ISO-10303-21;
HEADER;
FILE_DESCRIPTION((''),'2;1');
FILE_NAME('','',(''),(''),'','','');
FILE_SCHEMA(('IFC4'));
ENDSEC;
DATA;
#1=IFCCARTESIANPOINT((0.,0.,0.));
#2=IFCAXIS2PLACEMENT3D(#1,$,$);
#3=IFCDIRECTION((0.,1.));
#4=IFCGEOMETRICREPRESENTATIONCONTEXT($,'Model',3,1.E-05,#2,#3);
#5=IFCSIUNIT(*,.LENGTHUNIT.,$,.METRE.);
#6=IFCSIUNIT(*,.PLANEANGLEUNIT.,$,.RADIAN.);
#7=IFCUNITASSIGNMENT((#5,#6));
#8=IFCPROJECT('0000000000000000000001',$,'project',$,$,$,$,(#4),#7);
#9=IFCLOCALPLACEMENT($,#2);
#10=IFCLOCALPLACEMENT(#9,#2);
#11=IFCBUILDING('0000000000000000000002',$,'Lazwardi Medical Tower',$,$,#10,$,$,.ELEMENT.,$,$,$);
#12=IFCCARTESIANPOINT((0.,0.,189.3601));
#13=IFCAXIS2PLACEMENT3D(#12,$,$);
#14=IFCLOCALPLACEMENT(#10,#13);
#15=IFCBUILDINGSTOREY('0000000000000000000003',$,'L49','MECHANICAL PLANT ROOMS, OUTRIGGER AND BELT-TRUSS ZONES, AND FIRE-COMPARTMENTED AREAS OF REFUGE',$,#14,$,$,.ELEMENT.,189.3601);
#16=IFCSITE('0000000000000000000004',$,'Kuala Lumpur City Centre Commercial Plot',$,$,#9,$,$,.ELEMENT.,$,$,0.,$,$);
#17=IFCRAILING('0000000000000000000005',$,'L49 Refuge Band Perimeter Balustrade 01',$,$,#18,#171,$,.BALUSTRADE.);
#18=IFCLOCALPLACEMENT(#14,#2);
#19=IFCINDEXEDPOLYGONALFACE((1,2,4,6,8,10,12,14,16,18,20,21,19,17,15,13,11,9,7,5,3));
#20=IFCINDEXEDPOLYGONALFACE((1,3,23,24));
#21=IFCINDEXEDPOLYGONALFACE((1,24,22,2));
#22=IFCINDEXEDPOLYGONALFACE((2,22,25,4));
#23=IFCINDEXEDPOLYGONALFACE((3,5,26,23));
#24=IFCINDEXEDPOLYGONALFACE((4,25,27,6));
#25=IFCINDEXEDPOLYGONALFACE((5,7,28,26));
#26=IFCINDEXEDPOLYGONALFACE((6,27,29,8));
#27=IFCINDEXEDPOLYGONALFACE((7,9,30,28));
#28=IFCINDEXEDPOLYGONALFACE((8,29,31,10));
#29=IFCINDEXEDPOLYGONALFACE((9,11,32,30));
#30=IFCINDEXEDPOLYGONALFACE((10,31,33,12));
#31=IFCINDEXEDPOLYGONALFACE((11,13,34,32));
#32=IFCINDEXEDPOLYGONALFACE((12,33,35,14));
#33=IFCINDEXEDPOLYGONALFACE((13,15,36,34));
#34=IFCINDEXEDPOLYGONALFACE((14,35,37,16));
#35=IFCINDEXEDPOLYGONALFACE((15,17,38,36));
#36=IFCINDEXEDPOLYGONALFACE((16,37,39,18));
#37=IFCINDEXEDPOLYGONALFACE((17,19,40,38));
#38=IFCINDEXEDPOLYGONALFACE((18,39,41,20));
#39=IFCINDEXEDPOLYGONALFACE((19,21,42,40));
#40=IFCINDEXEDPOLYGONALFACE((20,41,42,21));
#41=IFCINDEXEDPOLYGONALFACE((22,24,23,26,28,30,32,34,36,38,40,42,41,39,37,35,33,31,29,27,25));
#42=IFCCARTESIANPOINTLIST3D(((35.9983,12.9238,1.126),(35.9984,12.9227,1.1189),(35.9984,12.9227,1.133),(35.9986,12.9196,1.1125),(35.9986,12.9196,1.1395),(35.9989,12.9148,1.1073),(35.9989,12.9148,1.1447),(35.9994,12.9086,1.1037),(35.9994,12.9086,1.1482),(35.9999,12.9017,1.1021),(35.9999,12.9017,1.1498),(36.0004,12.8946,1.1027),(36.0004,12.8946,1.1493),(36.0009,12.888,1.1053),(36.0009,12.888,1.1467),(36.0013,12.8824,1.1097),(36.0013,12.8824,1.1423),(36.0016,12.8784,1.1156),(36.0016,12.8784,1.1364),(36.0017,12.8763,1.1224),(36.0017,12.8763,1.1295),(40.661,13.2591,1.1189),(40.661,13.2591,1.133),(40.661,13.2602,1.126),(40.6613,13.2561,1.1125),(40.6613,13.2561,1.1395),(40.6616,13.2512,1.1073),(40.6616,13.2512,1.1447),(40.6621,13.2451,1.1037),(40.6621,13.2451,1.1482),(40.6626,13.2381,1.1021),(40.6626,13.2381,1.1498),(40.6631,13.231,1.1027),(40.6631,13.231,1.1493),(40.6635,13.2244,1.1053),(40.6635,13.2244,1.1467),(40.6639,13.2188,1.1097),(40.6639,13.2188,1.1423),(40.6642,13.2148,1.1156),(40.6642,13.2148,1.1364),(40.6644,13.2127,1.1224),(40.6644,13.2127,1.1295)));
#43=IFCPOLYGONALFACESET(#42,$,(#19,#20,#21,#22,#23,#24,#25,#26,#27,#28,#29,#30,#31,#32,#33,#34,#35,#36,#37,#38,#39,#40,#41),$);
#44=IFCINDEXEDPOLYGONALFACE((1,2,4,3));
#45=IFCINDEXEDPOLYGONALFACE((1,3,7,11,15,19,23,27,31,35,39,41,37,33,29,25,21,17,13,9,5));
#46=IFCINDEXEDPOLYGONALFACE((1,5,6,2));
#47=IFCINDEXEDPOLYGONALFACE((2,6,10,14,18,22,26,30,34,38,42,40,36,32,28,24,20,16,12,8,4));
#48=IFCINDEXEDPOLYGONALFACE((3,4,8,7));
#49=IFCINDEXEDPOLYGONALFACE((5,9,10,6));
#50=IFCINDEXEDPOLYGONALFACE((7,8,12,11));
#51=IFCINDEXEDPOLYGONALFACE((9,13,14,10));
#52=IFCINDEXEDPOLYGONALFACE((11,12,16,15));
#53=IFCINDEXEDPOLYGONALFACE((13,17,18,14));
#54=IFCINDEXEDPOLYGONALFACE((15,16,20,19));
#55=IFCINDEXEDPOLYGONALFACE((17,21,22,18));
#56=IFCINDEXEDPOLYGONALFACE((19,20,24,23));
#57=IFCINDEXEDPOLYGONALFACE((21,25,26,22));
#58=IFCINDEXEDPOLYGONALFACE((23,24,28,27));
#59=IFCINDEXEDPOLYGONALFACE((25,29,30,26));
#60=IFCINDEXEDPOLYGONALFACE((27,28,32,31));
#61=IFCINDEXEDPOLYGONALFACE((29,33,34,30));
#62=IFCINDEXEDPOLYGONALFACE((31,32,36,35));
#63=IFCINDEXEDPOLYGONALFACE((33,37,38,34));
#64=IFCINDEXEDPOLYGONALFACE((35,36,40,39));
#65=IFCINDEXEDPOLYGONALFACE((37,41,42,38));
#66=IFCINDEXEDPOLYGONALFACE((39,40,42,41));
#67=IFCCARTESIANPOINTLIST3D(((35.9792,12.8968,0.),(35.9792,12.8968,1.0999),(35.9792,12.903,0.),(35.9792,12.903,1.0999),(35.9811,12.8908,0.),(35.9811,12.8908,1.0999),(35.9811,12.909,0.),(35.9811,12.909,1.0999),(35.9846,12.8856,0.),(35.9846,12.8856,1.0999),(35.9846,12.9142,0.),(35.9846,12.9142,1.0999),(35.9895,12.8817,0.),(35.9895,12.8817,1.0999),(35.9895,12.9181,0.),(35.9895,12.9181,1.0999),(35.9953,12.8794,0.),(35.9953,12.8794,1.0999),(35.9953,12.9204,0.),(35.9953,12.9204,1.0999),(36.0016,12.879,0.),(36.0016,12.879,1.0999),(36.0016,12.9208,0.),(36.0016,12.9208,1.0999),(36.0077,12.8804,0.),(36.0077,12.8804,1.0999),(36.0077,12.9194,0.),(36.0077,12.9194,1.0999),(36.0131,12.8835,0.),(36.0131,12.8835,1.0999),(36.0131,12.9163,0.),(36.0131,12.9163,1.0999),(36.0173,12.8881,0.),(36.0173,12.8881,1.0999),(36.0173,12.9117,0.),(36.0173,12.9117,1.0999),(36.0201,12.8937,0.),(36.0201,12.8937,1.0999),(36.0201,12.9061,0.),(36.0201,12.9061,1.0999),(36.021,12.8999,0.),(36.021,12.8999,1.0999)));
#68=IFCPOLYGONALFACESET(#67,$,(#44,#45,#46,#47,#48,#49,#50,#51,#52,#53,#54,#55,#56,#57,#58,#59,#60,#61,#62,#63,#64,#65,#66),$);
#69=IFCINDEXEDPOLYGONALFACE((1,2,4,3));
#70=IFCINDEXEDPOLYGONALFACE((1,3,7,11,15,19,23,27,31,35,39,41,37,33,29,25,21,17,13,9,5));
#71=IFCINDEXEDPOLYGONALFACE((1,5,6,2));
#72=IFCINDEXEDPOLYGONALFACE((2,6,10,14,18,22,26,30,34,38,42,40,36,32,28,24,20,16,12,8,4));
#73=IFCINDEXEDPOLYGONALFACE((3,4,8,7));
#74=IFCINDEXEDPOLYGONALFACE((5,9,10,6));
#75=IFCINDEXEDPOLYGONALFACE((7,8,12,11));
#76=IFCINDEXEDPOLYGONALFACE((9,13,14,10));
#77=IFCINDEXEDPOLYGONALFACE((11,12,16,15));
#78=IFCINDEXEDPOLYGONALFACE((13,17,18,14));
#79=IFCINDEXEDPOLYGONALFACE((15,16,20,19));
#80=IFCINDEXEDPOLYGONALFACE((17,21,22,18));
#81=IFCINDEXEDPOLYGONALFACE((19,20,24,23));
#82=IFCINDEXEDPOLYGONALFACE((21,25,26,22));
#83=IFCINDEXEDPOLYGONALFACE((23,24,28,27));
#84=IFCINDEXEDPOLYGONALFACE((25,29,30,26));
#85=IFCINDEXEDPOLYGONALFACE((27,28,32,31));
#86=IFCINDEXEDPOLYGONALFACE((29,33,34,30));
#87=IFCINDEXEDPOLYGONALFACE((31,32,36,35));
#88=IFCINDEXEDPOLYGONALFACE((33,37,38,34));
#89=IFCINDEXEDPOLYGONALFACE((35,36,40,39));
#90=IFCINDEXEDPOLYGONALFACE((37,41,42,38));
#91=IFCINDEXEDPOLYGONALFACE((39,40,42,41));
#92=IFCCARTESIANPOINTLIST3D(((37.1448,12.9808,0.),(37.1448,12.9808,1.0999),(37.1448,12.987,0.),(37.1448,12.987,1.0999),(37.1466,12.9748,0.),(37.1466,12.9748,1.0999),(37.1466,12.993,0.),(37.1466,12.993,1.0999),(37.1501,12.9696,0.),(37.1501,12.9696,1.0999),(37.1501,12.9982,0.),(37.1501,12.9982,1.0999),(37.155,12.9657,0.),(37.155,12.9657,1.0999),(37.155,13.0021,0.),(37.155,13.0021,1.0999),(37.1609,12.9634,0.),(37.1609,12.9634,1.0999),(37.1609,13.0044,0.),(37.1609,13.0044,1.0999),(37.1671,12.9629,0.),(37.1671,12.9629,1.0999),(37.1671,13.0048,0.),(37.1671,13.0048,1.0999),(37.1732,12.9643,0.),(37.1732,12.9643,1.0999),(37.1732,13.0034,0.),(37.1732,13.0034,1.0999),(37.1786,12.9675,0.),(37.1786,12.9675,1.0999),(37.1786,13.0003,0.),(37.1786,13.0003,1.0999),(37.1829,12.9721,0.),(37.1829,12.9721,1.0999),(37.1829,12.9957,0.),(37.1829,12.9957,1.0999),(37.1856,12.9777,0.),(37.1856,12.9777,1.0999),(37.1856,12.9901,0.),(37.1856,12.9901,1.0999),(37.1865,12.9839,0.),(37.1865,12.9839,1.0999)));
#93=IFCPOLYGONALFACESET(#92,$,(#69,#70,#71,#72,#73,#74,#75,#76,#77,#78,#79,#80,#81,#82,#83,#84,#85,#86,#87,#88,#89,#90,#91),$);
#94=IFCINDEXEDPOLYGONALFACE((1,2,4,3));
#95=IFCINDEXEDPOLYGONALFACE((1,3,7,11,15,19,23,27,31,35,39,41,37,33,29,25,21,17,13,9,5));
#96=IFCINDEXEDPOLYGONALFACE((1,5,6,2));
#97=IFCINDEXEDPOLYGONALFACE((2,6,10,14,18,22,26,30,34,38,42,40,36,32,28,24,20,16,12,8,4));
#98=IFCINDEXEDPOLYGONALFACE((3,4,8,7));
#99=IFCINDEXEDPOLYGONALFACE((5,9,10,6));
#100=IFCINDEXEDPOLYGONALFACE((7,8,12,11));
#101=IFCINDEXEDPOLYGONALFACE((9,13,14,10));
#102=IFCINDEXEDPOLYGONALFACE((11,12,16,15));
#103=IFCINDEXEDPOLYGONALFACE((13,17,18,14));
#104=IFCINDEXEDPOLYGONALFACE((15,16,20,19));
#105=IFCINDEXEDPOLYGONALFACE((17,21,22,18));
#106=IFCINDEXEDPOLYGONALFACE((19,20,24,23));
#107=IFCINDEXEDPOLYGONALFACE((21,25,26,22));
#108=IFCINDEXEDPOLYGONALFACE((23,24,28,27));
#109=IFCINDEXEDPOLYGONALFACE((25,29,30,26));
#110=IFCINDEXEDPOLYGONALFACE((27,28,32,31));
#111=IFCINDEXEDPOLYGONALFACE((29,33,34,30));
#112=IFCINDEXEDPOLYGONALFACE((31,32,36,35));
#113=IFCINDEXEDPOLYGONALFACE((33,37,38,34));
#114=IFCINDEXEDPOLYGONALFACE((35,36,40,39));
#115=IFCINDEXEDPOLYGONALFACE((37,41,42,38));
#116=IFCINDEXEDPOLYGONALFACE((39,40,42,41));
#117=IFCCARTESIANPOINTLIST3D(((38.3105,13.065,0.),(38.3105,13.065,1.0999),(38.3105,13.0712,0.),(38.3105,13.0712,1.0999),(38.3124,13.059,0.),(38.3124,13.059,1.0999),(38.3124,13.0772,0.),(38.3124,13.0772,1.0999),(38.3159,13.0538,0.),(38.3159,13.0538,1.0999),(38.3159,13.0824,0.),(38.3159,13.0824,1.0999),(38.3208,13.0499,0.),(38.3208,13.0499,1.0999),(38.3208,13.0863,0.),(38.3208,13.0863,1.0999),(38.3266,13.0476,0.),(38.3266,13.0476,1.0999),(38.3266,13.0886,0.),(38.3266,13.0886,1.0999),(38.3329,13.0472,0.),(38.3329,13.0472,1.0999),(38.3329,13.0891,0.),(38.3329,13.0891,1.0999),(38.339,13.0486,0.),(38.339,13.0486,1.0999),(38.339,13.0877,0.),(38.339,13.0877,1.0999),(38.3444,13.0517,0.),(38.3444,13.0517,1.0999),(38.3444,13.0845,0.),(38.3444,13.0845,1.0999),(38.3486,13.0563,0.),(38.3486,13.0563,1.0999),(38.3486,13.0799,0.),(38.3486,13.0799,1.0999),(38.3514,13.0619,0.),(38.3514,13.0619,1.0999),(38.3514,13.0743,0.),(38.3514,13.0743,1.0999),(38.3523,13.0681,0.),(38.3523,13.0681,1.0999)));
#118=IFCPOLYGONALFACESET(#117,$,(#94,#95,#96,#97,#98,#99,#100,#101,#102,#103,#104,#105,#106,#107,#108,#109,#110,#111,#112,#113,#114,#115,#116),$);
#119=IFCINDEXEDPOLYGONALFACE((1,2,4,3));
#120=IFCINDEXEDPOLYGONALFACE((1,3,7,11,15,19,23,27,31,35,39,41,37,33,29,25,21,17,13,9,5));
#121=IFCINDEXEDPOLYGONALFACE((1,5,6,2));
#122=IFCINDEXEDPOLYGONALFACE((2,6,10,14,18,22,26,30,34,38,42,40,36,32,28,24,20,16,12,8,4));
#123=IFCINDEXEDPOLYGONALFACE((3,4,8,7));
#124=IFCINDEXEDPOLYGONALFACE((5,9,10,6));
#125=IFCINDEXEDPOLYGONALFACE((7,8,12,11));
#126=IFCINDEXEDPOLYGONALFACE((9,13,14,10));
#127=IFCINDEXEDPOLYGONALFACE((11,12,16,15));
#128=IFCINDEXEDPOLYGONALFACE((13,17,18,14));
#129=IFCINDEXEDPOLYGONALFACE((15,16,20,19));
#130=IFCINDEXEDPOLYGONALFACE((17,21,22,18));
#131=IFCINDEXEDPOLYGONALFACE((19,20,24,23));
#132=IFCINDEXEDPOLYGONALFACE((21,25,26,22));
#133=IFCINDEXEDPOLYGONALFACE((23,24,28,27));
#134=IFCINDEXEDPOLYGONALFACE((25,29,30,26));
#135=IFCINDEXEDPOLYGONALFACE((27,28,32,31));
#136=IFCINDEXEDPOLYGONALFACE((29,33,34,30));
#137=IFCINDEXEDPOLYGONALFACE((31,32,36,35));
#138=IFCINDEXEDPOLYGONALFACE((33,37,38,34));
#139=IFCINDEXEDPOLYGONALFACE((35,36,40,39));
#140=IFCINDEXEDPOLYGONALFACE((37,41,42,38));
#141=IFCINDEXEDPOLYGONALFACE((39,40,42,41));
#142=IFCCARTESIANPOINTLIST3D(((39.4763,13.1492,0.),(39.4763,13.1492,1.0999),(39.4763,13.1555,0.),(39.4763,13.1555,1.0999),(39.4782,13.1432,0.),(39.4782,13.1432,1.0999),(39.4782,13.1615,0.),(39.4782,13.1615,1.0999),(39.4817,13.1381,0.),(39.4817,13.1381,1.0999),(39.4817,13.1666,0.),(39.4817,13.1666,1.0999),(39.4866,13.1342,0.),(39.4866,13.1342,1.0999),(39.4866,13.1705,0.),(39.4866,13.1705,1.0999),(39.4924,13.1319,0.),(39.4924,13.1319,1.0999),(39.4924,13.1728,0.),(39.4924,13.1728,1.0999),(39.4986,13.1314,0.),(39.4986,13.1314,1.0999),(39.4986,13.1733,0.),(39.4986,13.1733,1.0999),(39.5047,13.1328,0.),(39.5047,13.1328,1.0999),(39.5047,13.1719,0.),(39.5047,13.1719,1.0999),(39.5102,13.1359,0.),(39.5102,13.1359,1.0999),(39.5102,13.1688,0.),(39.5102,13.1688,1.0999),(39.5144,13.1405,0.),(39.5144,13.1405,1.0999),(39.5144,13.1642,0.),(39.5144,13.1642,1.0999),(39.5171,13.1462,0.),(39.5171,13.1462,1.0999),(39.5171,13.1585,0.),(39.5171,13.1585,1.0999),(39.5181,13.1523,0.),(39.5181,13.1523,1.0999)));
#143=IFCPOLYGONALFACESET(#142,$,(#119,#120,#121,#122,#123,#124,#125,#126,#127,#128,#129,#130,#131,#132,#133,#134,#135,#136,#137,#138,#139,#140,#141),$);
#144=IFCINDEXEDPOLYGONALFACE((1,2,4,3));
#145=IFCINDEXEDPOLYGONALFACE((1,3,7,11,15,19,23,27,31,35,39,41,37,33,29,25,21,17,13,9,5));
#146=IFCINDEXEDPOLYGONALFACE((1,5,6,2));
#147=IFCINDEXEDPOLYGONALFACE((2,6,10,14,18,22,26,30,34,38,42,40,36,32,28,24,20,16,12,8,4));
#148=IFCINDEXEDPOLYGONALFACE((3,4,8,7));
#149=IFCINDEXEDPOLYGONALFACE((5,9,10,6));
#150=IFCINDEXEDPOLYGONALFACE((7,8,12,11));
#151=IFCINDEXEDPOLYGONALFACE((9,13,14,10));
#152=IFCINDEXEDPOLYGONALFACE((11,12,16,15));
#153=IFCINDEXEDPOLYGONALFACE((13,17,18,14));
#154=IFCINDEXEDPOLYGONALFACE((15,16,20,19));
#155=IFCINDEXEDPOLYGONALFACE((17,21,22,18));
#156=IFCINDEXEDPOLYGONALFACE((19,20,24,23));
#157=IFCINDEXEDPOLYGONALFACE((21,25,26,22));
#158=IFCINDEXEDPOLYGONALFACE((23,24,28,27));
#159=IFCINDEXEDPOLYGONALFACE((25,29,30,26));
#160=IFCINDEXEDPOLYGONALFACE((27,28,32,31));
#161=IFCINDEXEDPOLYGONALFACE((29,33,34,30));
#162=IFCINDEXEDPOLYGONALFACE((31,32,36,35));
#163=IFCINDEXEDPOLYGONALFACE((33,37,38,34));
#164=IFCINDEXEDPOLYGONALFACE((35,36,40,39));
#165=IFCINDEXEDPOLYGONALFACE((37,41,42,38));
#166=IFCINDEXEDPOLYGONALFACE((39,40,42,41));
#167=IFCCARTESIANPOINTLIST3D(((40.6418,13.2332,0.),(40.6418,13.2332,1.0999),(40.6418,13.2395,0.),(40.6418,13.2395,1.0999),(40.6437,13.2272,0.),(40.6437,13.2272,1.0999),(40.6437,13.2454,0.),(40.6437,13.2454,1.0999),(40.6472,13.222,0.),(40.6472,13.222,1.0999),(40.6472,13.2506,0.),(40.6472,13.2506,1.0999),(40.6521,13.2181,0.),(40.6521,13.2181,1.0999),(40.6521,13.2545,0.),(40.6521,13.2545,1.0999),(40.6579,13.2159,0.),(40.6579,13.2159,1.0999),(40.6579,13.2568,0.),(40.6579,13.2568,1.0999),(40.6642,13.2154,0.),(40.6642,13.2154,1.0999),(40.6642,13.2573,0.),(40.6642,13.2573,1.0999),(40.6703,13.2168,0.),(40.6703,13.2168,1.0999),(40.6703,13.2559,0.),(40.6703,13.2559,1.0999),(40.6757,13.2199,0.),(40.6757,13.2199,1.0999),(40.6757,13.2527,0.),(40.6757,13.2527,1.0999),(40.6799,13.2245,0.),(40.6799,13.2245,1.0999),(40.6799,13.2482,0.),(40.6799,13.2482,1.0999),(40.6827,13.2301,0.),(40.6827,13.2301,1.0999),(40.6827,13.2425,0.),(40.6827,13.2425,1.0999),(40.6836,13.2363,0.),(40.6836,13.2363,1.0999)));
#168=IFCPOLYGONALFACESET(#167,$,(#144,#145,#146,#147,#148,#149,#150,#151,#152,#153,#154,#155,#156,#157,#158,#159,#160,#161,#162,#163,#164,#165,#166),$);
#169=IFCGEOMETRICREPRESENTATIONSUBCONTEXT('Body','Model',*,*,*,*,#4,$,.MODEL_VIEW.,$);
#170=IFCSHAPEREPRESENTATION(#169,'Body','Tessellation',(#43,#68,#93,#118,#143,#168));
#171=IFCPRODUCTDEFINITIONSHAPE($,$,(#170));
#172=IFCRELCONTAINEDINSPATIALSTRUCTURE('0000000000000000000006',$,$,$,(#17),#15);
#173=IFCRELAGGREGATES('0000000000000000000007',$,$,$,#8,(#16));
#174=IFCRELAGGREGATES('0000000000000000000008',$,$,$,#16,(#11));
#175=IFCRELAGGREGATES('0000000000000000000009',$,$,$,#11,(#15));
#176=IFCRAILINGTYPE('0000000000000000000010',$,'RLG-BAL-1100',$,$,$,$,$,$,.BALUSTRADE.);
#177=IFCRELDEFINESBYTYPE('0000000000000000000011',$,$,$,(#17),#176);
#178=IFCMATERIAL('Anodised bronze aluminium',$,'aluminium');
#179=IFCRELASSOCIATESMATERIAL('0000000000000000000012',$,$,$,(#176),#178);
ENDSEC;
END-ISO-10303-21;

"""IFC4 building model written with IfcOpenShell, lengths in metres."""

from ifc_helpers import new_model, si_unit, direction, frame, origin, origin_2d, place, context, subcontext, project, spatial, circle, extrude, material, type_object, element, save


model = new_model("IFC4")

# Units and contexts
model_context = context("Model", 3, precision=1e-05, world=origin(), true_north=direction((0.0, 1.0)))
body_context = subcontext(model_context, "Body", "Model", "MODEL_VIEW")
ifc_project = project(units=[si_unit("LENGTHUNIT", "METRE"), si_unit("PLANEANGLEUNIT", "RADIAN")], contexts=[model_context])

# Site, building, storey
site_placement = place(None, origin())
site = spatial("IfcSite", under=ifc_project, at=site_placement, Name="Kuala Lumpur City Centre Commercial Plot", CompositionType="ELEMENT", RefElevation=0.0)
building_placement = place(site_placement, origin())
building = spatial("IfcBuilding", under=site, at=building_placement, Name="Lazwardi Medical Tower", CompositionType="ELEMENT")
storey_placement = place(building_placement, frame((0.0, 0.0, 189.3601)))
storey = spatial("IfcBuildingStorey", under=building, at=storey_placement, Name="L49", Description="MECHANICAL PLANT ROOMS, OUTRIGGER AND BELT-TRUSS ZONES, AND FIRE-COMPARTMENTED AREAS OF REFUGE", CompositionType="ELEMENT", Elevation=189.3601)

# Railing
ifc_material_1 = material(Name="Anodised bronze aluminium", Category="aluminium")
railing_type = type_object("IfcRailingType", Name="RLG-BAL-1100", PredefinedType="BALUSTRADE", material=ifc_material_1)
railing_1_placement = place(storey_placement, frame((36.0, 12.8999, 0.0)))
element("IfcRailing", 1, at=railing_1_placement, inside=storey, type_object=railing_type, Name="L49 Refuge Band Perimeter Balustrade 01", PredefinedType="BALUSTRADE", context=body_context, shape_type="SweptSolid", body=[
    extrude(circle(Radius=0.0239, at=origin_2d()), frame((0.0, 0.0, 1.126), z_axis=(0.997407, 0.071967, 0.0), x_axis=(-0.071967, 0.997407, 0.0)), (0.0, 0.0, 1.0), 4.6748),
    extrude(circle(Radius=0.021, at=origin_2d()), origin(), (0.0, 0.0, 1.0), 1.0999),
    extrude(circle(Radius=0.021, at=origin_2d()), frame((1.1655, 0.084, 0.0)), (0.0, 0.0, 1.0), 1.0999),
    extrude(circle(Radius=0.021, at=origin_2d()), frame((2.3313, 0.1682, 0.0)), (0.0, 0.0, 1.0), 1.0999),
    extrude(circle(Radius=0.021, at=origin_2d()), frame((3.4971, 0.2524, 0.0)), (0.0, 0.0, 1.0), 1.0999),
    extrude(circle(Radius=0.021, at=origin_2d()), frame((4.6626, 0.3364, 0.0)), (0.0, 0.0, 1.0), 1.0999),
])

save(model, "model.ifc")
